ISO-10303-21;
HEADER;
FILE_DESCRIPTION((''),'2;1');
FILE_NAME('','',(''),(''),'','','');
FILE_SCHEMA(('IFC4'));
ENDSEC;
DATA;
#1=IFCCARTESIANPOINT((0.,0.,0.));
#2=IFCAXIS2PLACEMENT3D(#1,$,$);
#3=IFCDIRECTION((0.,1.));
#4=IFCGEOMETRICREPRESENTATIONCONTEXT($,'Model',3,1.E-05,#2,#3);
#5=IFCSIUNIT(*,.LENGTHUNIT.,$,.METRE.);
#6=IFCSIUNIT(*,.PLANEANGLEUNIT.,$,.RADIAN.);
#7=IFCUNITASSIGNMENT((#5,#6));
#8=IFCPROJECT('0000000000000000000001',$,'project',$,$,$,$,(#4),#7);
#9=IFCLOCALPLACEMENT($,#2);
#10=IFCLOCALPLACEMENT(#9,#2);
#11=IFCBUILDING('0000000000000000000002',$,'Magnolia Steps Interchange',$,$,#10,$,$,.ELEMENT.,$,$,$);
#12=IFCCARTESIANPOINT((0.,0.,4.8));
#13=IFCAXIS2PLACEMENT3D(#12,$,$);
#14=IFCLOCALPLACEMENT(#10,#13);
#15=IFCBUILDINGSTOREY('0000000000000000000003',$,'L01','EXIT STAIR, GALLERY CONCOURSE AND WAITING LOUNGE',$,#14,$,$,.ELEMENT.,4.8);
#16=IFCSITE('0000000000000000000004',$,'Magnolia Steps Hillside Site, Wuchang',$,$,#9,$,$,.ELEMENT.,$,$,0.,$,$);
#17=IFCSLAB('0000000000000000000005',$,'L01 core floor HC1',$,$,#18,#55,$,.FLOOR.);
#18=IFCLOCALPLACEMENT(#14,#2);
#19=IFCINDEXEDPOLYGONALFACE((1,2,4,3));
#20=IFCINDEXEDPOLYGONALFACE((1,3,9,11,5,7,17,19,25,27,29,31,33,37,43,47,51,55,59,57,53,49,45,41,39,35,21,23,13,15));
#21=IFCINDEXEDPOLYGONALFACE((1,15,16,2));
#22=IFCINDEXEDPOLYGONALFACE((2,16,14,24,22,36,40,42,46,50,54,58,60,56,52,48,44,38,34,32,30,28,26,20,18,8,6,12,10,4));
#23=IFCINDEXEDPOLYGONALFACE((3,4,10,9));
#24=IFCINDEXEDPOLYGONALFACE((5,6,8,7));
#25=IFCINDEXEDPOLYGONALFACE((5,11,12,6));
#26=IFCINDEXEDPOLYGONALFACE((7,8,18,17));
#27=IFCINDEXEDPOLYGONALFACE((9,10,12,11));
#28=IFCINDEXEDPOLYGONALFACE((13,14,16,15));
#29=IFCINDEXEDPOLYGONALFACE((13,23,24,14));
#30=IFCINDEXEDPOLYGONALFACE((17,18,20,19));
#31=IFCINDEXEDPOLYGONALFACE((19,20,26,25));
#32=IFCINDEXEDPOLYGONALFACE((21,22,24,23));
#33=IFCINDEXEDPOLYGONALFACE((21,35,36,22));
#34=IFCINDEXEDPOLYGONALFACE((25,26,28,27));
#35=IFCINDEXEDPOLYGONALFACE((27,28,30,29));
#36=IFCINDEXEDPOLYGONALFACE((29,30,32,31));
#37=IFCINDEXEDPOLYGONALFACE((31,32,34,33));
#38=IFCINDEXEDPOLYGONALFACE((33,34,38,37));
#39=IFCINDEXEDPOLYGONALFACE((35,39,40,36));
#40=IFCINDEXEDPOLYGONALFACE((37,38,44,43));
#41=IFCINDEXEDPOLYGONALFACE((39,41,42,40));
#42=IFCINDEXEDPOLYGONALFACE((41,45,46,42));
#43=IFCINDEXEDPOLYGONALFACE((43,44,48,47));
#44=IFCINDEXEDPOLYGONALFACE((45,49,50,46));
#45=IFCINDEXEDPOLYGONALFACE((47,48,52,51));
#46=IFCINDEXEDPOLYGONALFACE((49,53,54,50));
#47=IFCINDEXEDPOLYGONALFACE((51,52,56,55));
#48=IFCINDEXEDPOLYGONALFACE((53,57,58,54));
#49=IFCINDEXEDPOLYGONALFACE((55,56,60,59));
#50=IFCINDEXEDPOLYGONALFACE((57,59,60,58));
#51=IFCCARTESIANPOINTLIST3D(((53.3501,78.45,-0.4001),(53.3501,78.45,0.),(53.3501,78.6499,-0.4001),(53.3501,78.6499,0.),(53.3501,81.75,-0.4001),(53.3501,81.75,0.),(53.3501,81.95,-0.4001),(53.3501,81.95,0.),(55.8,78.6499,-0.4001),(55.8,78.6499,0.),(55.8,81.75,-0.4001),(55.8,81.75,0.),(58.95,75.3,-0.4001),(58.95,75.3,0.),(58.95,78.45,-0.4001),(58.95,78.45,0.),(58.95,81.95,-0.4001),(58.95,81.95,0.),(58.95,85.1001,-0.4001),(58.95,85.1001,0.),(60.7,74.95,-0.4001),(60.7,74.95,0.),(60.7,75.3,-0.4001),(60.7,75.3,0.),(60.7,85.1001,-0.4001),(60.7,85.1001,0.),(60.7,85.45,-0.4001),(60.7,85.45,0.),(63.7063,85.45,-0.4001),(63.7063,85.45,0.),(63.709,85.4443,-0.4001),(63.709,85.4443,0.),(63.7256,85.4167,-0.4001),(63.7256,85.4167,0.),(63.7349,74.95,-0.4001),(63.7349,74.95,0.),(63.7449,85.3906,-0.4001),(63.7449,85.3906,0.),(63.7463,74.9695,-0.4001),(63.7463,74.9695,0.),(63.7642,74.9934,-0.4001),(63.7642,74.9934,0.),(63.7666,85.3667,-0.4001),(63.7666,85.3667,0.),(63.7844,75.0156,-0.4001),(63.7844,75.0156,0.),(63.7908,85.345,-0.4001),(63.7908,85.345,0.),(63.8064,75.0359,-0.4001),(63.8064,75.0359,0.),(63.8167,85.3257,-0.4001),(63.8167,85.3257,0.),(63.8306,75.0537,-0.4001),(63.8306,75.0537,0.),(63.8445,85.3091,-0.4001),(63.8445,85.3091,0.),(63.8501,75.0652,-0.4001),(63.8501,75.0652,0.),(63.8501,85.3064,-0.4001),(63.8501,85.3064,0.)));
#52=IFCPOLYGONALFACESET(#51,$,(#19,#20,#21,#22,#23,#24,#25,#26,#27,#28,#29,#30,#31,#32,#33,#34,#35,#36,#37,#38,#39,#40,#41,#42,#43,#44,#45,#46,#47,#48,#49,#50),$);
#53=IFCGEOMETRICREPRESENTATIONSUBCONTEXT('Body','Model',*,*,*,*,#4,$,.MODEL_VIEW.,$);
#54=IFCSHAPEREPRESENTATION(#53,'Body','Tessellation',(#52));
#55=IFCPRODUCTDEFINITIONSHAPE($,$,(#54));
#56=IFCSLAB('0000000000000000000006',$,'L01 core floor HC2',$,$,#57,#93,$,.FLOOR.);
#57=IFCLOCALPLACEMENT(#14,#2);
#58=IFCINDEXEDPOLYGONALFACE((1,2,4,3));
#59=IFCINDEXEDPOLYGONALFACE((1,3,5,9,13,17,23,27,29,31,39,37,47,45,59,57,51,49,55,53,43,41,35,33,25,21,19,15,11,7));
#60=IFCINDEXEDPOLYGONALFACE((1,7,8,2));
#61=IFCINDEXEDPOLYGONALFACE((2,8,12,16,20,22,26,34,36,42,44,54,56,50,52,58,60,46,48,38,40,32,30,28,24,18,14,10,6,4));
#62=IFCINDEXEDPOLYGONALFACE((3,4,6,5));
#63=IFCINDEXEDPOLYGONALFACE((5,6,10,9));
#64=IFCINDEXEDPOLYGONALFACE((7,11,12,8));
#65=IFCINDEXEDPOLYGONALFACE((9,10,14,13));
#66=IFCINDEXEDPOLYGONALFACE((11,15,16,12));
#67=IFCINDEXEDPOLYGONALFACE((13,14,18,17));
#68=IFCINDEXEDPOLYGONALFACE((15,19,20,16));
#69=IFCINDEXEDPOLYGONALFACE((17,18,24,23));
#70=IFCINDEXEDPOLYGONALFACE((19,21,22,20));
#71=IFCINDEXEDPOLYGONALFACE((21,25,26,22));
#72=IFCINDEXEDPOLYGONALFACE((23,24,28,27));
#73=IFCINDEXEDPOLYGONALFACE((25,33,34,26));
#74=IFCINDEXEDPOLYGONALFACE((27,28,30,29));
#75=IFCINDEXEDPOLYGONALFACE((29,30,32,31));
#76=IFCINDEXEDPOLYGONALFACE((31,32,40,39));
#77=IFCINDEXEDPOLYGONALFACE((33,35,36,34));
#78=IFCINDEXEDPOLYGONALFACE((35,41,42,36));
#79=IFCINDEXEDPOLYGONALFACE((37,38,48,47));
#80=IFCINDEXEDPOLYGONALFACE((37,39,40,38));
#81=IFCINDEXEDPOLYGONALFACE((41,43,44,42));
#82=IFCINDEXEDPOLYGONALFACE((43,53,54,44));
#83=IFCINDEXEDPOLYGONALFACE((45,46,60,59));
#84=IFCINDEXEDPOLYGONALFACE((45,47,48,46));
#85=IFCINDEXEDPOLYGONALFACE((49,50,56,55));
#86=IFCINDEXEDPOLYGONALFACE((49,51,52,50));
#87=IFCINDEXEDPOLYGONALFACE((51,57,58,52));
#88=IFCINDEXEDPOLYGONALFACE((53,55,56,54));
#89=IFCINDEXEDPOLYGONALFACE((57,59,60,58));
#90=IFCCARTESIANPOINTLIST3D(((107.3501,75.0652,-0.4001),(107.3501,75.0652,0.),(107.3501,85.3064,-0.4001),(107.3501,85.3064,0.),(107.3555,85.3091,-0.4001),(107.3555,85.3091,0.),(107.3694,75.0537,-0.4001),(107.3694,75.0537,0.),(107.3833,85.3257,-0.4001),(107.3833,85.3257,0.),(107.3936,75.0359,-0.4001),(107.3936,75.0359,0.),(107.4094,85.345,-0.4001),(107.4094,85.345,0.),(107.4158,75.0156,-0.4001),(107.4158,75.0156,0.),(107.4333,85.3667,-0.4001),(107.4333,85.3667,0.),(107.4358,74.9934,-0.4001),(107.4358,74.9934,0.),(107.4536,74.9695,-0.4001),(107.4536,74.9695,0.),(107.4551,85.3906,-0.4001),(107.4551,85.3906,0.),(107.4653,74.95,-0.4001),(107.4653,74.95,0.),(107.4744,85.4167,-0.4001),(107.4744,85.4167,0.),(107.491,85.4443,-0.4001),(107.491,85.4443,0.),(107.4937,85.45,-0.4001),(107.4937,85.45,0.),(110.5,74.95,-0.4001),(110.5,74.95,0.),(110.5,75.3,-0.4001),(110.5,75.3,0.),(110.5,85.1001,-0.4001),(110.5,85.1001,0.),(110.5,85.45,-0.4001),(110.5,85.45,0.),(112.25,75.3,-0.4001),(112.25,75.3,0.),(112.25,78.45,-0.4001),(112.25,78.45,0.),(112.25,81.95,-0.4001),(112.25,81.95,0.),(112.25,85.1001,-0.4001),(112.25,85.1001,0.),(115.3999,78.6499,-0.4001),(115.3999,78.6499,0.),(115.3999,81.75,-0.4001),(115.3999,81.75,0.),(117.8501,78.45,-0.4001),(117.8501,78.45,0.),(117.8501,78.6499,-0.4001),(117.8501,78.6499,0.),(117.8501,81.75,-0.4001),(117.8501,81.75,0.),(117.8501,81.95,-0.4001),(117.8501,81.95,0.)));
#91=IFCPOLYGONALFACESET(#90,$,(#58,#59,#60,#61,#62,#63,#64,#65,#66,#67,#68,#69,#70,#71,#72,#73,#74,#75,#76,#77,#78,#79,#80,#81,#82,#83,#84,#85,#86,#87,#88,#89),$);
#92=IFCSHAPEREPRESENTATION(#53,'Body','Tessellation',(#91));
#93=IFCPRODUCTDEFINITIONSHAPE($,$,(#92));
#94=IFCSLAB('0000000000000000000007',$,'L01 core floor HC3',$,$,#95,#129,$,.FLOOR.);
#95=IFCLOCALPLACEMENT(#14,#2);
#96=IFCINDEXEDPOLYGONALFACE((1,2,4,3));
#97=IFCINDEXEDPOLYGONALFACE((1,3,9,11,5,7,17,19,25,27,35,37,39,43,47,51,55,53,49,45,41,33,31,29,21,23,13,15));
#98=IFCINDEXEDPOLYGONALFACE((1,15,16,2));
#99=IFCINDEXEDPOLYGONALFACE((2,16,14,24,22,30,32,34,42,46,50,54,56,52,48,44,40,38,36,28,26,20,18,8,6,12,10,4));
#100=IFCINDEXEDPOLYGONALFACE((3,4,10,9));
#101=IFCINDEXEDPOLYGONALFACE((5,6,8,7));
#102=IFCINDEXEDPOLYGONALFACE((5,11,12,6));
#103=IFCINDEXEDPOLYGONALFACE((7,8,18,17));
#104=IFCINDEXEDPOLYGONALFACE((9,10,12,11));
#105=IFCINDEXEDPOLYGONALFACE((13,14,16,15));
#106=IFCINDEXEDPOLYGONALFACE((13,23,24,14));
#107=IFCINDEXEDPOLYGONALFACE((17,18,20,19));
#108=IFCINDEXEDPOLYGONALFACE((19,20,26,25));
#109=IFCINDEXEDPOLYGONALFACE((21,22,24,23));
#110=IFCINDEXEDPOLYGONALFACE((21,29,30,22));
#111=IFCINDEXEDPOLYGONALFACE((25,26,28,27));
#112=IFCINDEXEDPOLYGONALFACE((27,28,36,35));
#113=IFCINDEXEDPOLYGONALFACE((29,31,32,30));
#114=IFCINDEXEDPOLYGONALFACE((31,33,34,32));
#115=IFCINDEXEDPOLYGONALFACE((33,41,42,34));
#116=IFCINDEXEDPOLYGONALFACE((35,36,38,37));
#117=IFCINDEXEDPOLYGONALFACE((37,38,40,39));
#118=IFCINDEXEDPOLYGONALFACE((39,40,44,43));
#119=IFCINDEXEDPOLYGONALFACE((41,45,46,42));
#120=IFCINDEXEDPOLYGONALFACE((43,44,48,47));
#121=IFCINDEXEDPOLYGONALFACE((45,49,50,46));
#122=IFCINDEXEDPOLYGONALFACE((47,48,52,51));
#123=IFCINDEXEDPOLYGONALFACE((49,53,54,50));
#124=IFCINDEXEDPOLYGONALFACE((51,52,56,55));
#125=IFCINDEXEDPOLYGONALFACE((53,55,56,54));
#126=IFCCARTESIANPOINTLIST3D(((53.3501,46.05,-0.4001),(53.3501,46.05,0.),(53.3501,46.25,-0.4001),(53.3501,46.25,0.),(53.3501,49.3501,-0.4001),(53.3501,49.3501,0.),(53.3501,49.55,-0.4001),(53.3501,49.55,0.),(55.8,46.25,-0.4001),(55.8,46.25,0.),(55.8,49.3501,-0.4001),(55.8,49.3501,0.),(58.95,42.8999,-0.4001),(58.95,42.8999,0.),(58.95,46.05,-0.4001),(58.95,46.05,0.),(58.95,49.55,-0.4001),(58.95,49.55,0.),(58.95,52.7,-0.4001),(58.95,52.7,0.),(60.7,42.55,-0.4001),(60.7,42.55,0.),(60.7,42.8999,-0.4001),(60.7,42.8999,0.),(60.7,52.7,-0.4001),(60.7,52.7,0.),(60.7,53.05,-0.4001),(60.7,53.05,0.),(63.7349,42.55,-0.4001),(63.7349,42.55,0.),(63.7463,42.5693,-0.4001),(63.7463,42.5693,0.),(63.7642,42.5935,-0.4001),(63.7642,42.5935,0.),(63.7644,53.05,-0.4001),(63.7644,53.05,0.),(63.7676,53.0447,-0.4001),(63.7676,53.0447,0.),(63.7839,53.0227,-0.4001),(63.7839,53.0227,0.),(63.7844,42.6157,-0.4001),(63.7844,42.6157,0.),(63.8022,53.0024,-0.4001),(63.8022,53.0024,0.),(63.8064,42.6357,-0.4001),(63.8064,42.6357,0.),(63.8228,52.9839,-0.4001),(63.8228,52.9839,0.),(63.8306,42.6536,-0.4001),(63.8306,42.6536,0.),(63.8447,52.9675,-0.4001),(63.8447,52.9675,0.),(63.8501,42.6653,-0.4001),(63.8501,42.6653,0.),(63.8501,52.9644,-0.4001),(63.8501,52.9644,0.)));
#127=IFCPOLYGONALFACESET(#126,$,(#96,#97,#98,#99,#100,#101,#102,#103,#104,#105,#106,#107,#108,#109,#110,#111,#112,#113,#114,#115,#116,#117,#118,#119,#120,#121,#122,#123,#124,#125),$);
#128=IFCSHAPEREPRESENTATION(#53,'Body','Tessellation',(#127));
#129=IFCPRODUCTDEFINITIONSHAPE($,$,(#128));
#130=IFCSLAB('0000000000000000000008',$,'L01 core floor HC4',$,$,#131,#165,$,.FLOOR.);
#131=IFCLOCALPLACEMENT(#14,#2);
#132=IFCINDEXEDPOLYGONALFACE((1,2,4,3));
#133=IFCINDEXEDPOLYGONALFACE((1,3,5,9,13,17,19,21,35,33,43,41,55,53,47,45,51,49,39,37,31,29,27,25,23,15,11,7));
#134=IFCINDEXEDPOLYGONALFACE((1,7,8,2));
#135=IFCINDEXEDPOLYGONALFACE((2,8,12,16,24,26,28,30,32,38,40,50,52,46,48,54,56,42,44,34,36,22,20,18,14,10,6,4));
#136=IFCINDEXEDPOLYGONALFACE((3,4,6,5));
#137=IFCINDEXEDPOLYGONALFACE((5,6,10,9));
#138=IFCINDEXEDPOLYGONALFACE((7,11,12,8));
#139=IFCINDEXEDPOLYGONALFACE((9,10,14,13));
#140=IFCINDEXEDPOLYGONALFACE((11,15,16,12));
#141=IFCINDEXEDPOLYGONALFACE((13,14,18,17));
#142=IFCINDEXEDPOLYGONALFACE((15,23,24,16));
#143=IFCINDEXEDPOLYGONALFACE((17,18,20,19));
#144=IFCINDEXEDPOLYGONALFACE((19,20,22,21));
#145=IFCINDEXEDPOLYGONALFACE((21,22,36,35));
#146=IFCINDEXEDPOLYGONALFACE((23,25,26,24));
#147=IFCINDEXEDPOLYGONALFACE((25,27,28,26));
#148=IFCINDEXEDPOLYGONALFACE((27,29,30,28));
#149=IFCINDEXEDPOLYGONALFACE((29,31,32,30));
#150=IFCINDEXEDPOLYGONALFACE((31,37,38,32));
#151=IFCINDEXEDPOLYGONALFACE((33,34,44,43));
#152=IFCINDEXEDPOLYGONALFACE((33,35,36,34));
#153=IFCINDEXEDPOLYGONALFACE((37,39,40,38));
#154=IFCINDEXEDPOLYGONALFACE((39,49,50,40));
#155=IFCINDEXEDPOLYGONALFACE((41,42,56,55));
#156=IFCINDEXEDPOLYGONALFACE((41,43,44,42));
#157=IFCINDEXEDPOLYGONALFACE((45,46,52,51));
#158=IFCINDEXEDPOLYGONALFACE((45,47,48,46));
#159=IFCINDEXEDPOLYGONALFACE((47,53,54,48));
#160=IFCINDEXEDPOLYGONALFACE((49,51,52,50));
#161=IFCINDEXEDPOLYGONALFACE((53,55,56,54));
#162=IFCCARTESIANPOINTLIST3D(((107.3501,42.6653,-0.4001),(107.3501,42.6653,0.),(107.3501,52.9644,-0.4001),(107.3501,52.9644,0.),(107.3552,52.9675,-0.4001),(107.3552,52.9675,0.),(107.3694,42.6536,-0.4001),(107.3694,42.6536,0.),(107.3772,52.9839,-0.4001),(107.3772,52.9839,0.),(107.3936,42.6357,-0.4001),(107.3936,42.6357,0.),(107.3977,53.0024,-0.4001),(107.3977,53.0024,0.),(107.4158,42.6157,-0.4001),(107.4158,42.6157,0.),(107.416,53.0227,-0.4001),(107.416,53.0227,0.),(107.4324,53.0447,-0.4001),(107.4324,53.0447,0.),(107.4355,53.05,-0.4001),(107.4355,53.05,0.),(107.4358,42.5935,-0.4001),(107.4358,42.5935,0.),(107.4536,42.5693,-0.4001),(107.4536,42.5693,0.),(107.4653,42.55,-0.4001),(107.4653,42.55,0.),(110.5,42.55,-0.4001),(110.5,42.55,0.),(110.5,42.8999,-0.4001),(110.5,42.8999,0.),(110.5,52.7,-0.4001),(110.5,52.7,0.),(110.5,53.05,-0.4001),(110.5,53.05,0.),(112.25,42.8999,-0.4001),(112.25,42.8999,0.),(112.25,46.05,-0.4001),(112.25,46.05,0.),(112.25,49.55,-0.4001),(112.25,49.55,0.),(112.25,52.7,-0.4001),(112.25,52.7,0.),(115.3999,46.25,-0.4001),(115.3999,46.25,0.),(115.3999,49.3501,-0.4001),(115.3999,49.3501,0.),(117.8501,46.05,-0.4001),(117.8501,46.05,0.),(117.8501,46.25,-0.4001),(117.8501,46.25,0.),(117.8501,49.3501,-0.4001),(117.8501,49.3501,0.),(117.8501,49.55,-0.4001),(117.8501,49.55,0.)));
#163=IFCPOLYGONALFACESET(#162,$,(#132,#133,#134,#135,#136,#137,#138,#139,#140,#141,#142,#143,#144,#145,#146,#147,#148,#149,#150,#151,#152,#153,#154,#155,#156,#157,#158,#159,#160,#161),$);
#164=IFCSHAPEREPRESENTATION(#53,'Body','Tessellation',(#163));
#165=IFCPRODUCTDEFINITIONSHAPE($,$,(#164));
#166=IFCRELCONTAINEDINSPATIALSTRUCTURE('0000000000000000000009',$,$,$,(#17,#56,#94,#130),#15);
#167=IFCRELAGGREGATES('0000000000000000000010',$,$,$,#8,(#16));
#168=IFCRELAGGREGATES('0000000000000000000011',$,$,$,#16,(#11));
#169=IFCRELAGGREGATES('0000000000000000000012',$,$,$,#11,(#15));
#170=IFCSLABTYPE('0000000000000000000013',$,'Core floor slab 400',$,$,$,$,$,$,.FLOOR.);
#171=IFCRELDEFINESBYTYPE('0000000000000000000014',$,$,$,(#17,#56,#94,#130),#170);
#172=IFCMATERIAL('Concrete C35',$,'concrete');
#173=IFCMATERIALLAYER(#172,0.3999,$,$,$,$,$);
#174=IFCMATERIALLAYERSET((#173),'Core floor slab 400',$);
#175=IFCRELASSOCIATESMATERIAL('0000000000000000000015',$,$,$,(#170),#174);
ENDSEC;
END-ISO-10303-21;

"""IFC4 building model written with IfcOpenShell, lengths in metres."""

from ifc_helpers import new_model, si_unit, direction, frame, origin, place, context, subcontext, project, spatial, polyline, outline, extrude, material, layer, layer_set, type_object, element, save


model = new_model("IFC4")

# Units and contexts
model_context = context("Model", 3, precision=1e-05, world=origin(), true_north=direction((0.0, 1.0)))
body_context = subcontext(model_context, "Body", "Model", "MODEL_VIEW")
ifc_project = project(units=[si_unit("LENGTHUNIT", "METRE"), si_unit("PLANEANGLEUNIT", "RADIAN")], contexts=[model_context])

# Site, building, storey
site_placement = place(None, origin())
site = spatial("IfcSite", under=ifc_project, at=site_placement, Name="Magnolia Steps Hillside Site, Wuchang", CompositionType="ELEMENT", RefElevation=0.0)
building_placement = place(site_placement, origin())
building = spatial("IfcBuilding", under=site, at=building_placement, Name="Magnolia Steps Interchange", CompositionType="ELEMENT")
storey_placement = place(building_placement, frame((0.0, 0.0, 4.8)))
storey = spatial("IfcBuildingStorey", under=building, at=storey_placement, Name="L01", Description="EXIT STAIR, GALLERY CONCOURSE AND WAITING LOUNGE", CompositionType="ELEMENT", Elevation=4.8)

# Slabs
ifc_material_1 = material(Name="Concrete C35", Category="concrete")
ifc_layer_1 = layer(ifc_material_1, 0.3999)
ifc_layer_set_1 = layer_set([ifc_layer_1], Name="Core floor slab 400")
slab_type_1 = type_object("IfcSlabType", Name="Core floor slab 400", PredefinedType="FLOOR", material=ifc_layer_set_1)
slab_1_placement = place(storey_placement, frame((0.0, 0.0, -0.4001)))
element("IfcSlab", 1, at=slab_1_placement, inside=storey, type_object=slab_type_1, Name="L01 core floor HC1", PredefinedType="FLOOR", context=body_context, shape_type="SweptSolid", body=[
    extrude(outline(polyline([(60.7, 75.3), (58.95, 75.3), (58.95, 78.45), (53.3501, 78.45), (53.3501, 78.6499), (55.8, 78.6499), (55.8, 81.75), (53.3501, 81.75), (53.3501, 81.95), (58.95, 81.95), (58.95, 85.1001), (60.7, 85.1001), (60.7, 85.45), (63.7063, 85.45), (63.709, 85.4443), (63.7256, 85.4167), (63.7449, 85.3906), (63.7666, 85.3667), (63.7908, 85.345), (63.8167, 85.3257), (63.8445, 85.3091), (63.8501, 85.3064), (63.8501, 75.0652), (63.8306, 75.0537), (63.8064, 75.0359), (63.7844, 75.0156), (63.7642, 74.9934), (63.7463, 74.9695), (63.7349, 74.95), (60.7, 74.95), (60.7, 75.3)])), origin(), (0.0, 0.0, 1.0), 0.4001),
])
slab_2_placement = place(storey_placement, frame((0.0, 0.0, -0.4001)))
element("IfcSlab", 2, at=slab_2_placement, inside=storey, type_object=slab_type_1, Name="L01 core floor HC2", PredefinedType="FLOOR", context=body_context, shape_type="SweptSolid", body=[
    extrude(outline(polyline([(107.4536, 74.9695), (107.4358, 74.9934), (107.4158, 75.0156), (107.3936, 75.0359), (107.3694, 75.0537), (107.3501, 75.0652), (107.3501, 85.3064), (107.3555, 85.3091), (107.3833, 85.3257), (107.4094, 85.345), (107.4333, 85.3667), (107.4551, 85.3906), (107.4744, 85.4167), (107.491, 85.4443), (107.4937, 85.45), (110.5, 85.45), (110.5, 85.1001), (112.25, 85.1001), (112.25, 81.95), (117.8501, 81.95), (117.8501, 81.75), (115.3999, 81.75), (115.3999, 78.6499), (117.8501, 78.6499), (117.8501, 78.45), (112.25, 78.45), (112.25, 75.3), (110.5, 75.3), (110.5, 74.95), (107.4653, 74.95), (107.4536, 74.9695)])), origin(), (0.0, 0.0, 1.0), 0.4001),
])
slab_3_placement = place(storey_placement, frame((0.0, 0.0, -0.4001)))
element("IfcSlab", 3, at=slab_3_placement, inside=storey, type_object=slab_type_1, Name="L01 core floor HC3", PredefinedType="FLOOR", context=body_context, shape_type="SweptSolid", body=[
    extrude(outline(polyline([(58.95, 42.8999), (58.95, 46.05), (53.3501, 46.05), (53.3501, 46.25), (55.8, 46.25), (55.8, 49.3501), (53.3501, 49.3501), (53.3501, 49.55), (58.95, 49.55), (58.95, 52.7), (60.7, 52.7), (60.7, 53.05), (63.7644, 53.05), (63.7676, 53.0447), (63.7839, 53.0227), (63.8022, 53.0024), (63.8228, 52.9839), (63.8447, 52.9675), (63.8501, 52.9644), (63.8501, 42.6653), (63.8306, 42.6536), (63.8064, 42.6357), (63.7844, 42.6157), (63.7642, 42.5935), (63.7463, 42.5693), (63.7349, 42.55), (60.7, 42.55), (60.7, 42.8999), (58.95, 42.8999)])), origin(), (0.0, 0.0, 1.0), 0.4001),
])
slab_4_placement = place(storey_placement, frame((0.0, 0.0, -0.4001)))
element("IfcSlab", 4, at=slab_4_placement, inside=storey, type_object=slab_type_1, Name="L01 core floor HC4", PredefinedType="FLOOR", context=body_context, shape_type="SweptSolid", body=[
    extrude(outline(polyline([(107.4358, 42.5935), (107.4158, 42.6157), (107.3936, 42.6357), (107.3694, 42.6536), (107.3501, 42.6653), (107.3501, 52.9644), (107.3552, 52.9675), (107.3772, 52.9839), (107.3977, 53.0024), (107.416, 53.0227), (107.4324, 53.0447), (107.4355, 53.05), (110.5, 53.05), (110.5, 52.7), (112.25, 52.7), (112.25, 49.55), (117.8501, 49.55), (117.8501, 49.3501), (115.3999, 49.3501), (115.3999, 46.25), (117.8501, 46.25), (117.8501, 46.05), (112.25, 46.05), (112.25, 42.8999), (110.5, 42.8999), (110.5, 42.55), (107.4653, 42.55), (107.4536, 42.5693), (107.4358, 42.5935)])), origin(), (0.0, 0.0, 1.0), 0.4001),
])

save(model, "model.ifc")
